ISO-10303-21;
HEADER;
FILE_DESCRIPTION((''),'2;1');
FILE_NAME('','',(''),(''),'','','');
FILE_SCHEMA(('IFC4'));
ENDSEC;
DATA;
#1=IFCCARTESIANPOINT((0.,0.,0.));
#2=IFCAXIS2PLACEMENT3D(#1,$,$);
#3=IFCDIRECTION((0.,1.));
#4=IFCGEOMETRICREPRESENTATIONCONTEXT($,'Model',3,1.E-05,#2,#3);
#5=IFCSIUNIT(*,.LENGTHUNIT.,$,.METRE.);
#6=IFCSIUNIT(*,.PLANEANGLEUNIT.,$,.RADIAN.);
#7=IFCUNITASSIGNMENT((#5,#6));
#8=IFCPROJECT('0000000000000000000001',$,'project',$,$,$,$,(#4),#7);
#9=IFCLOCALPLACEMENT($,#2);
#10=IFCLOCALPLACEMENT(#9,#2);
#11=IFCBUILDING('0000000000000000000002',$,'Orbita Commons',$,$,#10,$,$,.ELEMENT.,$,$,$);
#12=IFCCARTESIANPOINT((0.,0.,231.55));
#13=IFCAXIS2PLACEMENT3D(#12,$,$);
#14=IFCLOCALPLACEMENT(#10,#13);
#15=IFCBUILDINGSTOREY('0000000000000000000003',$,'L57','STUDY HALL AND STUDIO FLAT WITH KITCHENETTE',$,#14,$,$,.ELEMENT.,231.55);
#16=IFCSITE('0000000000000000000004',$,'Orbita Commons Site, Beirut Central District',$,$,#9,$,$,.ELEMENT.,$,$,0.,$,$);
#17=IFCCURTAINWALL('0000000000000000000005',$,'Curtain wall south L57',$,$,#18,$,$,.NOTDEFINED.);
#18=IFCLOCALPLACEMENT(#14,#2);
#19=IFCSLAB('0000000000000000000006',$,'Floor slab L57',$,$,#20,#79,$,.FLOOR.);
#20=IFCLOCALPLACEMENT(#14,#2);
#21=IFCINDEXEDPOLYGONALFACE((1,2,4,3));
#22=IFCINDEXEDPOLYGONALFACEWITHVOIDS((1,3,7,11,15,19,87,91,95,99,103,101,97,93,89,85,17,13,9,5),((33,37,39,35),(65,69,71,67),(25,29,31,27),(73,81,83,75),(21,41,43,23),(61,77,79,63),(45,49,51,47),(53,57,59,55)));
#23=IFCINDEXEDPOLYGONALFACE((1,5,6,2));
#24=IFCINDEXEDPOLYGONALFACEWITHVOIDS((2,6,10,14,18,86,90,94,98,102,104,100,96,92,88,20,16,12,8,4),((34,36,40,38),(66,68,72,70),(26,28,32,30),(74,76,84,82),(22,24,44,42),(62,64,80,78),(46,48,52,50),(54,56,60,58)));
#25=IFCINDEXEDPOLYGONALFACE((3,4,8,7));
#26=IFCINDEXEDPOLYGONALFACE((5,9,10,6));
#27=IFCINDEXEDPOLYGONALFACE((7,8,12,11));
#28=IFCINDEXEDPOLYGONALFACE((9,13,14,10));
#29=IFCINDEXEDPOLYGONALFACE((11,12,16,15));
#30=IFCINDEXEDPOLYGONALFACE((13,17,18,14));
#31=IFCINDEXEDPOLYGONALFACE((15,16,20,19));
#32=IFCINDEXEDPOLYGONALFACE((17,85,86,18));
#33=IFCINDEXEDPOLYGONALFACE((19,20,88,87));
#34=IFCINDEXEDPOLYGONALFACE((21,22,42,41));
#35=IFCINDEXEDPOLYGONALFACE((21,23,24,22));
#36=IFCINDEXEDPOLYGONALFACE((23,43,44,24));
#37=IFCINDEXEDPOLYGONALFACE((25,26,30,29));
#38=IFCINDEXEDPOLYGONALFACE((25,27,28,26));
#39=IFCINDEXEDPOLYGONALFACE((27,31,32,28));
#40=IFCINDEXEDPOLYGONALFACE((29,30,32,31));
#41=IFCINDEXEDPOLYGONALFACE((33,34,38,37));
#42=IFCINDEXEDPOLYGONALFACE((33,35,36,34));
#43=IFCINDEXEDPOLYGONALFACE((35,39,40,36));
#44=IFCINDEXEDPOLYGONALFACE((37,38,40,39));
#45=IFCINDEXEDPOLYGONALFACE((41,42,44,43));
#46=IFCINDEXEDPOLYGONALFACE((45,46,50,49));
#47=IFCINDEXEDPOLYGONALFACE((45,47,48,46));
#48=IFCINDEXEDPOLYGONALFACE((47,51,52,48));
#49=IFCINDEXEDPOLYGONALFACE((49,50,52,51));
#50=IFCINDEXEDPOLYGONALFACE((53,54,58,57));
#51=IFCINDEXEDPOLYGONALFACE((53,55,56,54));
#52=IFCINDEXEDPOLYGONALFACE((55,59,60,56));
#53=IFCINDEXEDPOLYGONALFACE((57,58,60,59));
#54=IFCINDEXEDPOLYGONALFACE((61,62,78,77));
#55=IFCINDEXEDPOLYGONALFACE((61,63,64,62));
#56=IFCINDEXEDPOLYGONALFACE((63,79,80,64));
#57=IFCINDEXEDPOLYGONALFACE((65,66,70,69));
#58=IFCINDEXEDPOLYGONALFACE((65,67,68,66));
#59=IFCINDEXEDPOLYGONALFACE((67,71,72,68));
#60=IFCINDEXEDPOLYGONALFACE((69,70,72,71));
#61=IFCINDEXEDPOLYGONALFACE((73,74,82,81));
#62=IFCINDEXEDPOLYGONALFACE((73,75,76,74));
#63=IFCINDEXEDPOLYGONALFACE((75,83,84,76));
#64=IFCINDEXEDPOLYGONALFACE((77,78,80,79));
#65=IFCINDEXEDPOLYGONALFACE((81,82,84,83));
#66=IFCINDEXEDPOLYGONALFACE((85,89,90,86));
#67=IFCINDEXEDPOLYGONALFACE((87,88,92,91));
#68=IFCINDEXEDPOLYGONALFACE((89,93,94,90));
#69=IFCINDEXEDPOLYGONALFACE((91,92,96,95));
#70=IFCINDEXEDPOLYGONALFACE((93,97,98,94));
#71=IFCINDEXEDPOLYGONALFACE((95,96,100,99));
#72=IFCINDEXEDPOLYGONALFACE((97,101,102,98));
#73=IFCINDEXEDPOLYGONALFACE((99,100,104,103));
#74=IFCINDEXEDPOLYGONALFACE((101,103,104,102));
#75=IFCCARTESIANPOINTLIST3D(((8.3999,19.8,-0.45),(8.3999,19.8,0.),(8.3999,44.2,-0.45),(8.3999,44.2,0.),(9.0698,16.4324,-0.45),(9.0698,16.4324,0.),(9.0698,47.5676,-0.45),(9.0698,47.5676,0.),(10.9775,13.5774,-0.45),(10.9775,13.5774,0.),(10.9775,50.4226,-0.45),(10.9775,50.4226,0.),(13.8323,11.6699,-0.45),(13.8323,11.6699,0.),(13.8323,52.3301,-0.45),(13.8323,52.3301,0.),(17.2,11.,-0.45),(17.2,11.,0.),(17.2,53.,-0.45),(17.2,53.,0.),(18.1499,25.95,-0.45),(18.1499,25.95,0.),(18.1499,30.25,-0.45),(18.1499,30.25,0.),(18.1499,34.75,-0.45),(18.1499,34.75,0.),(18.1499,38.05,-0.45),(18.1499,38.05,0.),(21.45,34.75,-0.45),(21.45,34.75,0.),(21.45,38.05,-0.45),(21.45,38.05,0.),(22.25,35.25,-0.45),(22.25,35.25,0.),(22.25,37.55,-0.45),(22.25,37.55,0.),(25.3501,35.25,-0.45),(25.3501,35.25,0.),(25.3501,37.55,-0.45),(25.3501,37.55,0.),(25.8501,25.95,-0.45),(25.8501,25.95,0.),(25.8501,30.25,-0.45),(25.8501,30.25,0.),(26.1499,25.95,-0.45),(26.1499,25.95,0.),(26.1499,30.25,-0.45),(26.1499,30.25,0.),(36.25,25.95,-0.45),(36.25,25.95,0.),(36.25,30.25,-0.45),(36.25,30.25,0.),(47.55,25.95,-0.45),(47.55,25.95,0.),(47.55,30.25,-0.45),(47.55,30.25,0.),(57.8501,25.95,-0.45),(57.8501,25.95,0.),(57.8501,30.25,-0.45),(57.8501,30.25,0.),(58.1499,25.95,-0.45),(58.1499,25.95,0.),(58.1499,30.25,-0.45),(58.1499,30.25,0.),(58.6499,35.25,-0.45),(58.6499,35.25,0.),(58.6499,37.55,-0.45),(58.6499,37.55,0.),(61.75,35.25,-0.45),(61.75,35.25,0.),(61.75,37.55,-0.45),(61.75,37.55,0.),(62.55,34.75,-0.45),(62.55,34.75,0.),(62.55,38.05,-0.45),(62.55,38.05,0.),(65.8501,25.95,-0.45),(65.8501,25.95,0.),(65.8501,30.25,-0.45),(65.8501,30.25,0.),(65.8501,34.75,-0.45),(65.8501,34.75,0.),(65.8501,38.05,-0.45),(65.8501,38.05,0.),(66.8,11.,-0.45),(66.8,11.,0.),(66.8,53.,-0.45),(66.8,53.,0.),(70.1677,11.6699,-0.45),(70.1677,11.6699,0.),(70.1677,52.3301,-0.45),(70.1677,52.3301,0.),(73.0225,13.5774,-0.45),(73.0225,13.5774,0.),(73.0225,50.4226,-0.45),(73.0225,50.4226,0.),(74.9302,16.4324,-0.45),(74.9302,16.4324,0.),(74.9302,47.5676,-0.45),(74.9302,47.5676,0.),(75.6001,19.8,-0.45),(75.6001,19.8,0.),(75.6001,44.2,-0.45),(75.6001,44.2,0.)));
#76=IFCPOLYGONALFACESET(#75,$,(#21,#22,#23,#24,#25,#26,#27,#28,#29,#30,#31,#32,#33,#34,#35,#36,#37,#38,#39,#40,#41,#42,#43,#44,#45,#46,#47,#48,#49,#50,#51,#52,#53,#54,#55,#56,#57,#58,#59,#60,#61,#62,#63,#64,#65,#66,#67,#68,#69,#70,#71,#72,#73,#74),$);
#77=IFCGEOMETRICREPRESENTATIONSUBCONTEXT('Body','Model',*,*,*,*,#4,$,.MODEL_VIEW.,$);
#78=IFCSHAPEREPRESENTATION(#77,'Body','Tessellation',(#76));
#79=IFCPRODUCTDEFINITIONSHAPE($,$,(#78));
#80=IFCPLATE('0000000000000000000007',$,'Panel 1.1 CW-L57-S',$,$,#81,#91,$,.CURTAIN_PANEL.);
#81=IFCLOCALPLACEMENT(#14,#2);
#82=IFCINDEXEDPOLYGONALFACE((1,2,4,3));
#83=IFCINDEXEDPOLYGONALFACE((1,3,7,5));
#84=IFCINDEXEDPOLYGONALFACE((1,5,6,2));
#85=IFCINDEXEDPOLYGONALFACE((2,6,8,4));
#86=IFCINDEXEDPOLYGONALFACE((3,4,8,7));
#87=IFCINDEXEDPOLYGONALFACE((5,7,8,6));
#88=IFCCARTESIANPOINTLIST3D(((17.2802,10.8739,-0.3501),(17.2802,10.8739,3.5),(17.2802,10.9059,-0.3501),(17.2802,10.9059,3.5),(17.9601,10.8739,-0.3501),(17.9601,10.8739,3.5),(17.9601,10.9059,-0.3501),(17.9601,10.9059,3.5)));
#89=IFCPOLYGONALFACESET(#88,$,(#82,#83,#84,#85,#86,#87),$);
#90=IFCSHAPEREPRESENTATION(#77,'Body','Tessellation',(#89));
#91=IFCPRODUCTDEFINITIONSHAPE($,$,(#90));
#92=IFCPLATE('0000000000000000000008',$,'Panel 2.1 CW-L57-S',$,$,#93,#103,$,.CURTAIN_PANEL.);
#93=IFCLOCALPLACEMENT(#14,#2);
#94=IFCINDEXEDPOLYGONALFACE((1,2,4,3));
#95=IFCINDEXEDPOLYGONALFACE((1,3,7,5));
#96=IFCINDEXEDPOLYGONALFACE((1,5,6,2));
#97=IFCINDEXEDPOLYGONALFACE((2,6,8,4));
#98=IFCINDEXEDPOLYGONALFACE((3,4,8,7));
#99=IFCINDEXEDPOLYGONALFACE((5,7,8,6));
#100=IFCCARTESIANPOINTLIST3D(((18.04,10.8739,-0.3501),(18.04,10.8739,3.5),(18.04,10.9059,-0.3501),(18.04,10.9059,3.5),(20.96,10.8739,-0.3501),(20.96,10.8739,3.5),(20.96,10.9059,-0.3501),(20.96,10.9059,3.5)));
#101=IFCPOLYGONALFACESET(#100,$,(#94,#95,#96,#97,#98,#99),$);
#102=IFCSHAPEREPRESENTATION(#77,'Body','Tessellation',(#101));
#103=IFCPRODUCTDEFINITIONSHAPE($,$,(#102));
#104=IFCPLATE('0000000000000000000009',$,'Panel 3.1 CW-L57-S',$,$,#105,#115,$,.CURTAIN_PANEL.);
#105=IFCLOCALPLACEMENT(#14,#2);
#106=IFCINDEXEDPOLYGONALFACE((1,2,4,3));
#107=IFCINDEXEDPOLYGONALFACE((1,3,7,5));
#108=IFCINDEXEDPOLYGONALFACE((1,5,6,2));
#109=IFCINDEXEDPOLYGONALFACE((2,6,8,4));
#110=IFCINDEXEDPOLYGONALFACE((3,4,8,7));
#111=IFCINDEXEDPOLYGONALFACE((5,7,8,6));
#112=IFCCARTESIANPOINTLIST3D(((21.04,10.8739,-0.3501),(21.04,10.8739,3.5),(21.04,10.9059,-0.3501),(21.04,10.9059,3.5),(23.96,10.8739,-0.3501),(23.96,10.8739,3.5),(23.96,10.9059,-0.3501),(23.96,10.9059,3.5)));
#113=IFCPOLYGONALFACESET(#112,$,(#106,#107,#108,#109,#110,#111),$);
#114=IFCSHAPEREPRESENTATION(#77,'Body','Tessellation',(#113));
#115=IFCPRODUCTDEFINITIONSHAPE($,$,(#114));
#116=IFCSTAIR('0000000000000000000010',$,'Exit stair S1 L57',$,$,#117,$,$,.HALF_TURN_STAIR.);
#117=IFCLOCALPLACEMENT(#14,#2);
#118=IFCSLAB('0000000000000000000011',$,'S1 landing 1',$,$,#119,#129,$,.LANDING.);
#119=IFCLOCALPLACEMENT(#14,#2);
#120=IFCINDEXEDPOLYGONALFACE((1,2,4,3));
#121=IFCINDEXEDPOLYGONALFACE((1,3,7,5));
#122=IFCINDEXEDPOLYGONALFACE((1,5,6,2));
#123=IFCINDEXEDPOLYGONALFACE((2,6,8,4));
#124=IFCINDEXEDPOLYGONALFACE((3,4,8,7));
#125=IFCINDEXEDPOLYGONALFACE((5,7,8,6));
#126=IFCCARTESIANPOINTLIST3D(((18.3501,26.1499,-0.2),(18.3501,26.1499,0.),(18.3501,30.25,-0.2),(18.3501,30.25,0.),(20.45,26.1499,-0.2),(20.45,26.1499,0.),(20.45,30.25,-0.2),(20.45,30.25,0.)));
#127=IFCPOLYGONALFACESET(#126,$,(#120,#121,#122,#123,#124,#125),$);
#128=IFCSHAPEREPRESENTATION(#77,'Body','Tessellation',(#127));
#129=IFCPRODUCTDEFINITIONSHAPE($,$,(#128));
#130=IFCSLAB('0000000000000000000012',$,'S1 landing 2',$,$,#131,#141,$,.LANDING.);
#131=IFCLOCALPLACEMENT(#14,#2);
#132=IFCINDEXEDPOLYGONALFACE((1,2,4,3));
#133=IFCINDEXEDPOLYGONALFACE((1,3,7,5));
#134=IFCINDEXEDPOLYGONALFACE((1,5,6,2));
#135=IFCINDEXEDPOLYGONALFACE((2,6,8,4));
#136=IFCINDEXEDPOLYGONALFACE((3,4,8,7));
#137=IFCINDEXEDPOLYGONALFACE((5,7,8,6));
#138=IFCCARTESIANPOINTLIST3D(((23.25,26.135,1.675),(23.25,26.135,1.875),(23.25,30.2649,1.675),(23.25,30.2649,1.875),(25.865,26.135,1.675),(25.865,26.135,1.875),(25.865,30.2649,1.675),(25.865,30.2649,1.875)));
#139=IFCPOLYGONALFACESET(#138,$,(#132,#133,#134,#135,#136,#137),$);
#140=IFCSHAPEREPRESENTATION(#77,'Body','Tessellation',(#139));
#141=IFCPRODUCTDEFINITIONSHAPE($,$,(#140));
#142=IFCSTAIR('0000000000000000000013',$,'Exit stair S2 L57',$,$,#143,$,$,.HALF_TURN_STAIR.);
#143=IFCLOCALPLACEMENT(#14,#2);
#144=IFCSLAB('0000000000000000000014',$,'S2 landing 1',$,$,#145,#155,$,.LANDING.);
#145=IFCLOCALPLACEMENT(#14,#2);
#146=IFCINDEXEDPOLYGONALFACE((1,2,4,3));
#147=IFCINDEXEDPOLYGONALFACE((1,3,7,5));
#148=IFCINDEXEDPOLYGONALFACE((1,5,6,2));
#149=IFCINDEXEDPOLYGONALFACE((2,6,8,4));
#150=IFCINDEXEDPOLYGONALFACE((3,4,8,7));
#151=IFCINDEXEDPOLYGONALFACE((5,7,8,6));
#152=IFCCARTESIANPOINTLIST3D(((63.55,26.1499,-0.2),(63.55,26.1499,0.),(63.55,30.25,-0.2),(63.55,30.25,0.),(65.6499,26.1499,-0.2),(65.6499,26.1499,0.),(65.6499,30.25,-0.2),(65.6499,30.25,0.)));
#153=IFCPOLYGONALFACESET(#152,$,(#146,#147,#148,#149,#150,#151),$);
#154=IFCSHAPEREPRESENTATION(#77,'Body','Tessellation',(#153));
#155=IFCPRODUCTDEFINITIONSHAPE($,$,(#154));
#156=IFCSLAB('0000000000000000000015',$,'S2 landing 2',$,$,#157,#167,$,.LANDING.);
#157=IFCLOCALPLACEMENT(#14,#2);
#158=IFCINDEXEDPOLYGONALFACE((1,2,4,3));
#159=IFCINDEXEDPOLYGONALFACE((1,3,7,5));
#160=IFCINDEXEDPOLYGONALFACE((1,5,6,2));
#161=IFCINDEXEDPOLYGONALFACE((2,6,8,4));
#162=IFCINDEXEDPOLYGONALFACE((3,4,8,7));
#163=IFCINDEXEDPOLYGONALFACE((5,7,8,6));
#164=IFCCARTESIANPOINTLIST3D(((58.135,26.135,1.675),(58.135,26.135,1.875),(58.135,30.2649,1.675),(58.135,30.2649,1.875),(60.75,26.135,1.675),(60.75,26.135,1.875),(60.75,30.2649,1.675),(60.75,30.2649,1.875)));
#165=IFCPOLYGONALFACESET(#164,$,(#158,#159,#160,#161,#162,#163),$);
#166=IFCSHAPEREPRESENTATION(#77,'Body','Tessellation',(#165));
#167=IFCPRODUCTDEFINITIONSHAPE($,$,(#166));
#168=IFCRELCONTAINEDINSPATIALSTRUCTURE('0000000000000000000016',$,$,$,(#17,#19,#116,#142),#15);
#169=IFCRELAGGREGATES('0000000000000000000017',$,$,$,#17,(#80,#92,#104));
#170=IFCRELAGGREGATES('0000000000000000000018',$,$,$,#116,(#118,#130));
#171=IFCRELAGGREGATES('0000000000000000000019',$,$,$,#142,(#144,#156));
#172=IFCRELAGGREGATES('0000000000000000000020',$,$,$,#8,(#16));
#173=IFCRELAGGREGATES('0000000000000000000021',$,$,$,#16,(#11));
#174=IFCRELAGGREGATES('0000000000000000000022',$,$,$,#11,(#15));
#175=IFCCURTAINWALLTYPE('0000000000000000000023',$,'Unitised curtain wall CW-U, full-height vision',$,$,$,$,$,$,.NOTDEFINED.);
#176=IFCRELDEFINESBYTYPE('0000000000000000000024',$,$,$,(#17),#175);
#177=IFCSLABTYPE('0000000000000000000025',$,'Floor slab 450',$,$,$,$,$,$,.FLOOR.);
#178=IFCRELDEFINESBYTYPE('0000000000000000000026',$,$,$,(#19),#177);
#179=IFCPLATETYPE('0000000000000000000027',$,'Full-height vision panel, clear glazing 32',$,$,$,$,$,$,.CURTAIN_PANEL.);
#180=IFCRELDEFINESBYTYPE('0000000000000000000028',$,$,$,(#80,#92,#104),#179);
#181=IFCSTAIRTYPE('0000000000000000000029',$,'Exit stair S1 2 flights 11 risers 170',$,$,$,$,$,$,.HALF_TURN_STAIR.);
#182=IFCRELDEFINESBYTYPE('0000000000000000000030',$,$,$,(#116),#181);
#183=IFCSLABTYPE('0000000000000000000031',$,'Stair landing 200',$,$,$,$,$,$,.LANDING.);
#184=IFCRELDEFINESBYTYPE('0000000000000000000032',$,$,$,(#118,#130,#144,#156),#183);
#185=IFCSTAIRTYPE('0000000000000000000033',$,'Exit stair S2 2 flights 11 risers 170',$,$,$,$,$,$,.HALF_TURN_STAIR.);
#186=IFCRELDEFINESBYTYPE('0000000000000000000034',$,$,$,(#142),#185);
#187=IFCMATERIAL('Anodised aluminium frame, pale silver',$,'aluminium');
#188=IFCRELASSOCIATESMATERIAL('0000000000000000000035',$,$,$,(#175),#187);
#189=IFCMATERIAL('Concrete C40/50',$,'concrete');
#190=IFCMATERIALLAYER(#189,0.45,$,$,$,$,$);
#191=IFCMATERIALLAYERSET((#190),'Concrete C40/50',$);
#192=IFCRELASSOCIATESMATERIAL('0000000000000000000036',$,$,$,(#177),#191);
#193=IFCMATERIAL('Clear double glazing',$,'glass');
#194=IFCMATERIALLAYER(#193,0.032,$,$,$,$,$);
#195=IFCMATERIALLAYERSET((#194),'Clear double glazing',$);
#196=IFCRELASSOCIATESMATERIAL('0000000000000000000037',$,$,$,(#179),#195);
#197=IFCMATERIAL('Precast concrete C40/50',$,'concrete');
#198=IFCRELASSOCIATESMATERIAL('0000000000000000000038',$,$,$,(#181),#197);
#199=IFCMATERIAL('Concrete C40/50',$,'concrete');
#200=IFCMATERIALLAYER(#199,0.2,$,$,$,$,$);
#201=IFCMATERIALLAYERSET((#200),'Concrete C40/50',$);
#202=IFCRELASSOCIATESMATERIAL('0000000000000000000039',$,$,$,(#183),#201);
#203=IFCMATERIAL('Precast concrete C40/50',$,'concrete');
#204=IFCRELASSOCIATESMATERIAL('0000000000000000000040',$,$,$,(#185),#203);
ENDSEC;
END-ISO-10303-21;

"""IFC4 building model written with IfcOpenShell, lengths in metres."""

from ifc_helpers import new_model, si_unit, direction, frame, origin, origin_2d, place, context, subcontext, project, spatial, polyline, rectangle, outline, extrude, material, layer, layer_set, type_object, element, aggregate, save


model = new_model("IFC4")

# Units and contexts
model_context = context("Model", 3, precision=1e-05, world=origin(), true_north=direction((0.0, 1.0)))
body_context = subcontext(model_context, "Body", "Model", "MODEL_VIEW")
ifc_project = project(units=[si_unit("LENGTHUNIT", "METRE"), si_unit("PLANEANGLEUNIT", "RADIAN")], contexts=[model_context])

# Site, building, storey
site_placement = place(None, origin())
site = spatial("IfcSite", under=ifc_project, at=site_placement, Name="Orbita Commons Site, Beirut Central District", CompositionType="ELEMENT", RefElevation=0.0)
building_placement = place(site_placement, origin())
building = spatial("IfcBuilding", under=site, at=building_placement, Name="Orbita Commons", CompositionType="ELEMENT")
storey_placement = place(building_placement, frame((0.0, 0.0, 231.55)))
storey = spatial("IfcBuildingStorey", under=building, at=storey_placement, Name="L57", Description="STUDY HALL AND STUDIO FLAT WITH KITCHENETTE", CompositionType="ELEMENT", Elevation=231.55)

# Curtain wall
ifc_material_1 = material(Name="Anodised aluminium frame, pale silver", Category="aluminium")
curtain_wall_type = type_object("IfcCurtainWallType", Name="Unitised curtain wall CW-U, full-height vision", PredefinedType="NOTDEFINED", material=ifc_material_1)
curtain_wall_placement = place(storey_placement, origin())
curtain_wall = element("IfcCurtainWall", 1, at=curtain_wall_placement, inside=storey, type_object=curtain_wall_type, Name="Curtain wall south L57", PredefinedType="NOTDEFINED")

# Slab
ifc_material_2 = material(Name="Concrete C40/50", Category="concrete")
ifc_layer_1 = layer(ifc_material_2, 0.45)
ifc_layer_set_1 = layer_set([ifc_layer_1], Name="Concrete C40/50")
slab_type_1 = type_object("IfcSlabType", Name="Floor slab 450", PredefinedType="FLOOR", material=ifc_layer_set_1)
slab_1_placement = place(storey_placement, frame((0.0, 0.0, -0.45)))
element("IfcSlab", 2, at=slab_1_placement, inside=storey, type_object=slab_type_1, Name="Floor slab L57", PredefinedType="FLOOR", context=body_context, shape_type="SweptSolid", body=[
    extrude(outline(polyline([(66.8, 11.0), (70.1677, 11.6699), (73.0225, 13.5774), (74.9302, 16.4324), (75.6001, 19.8), (75.6001, 44.2), (74.9302, 47.5676), (73.0225, 50.4226), (70.1677, 52.3301), (66.8, 53.0), (17.2, 53.0), (13.8323, 52.3301), (10.9775, 50.4226), (9.0698, 47.5676), (8.3999, 44.2), (8.3999, 19.8), (9.0698, 16.4324), (10.9775, 13.5774), (13.8323, 11.6699), (17.2, 11.0), (66.8, 11.0)]), holes=[polyline([(18.1499, 25.95), (25.8501, 25.95), (25.8501, 30.25), (18.1499, 30.25), (18.1499, 25.95)]), polyline([(58.1499, 25.95), (65.8501, 25.95), (65.8501, 30.25), (58.1499, 30.25), (58.1499, 25.95)]), polyline([(18.1499, 34.75), (21.45, 34.75), (21.45, 38.05), (18.1499, 38.05), (18.1499, 34.75)]), polyline([(62.55, 34.75), (65.8501, 34.75), (65.8501, 38.05), (62.55, 38.05), (62.55, 34.75)]), polyline([(22.25, 35.25), (25.3501, 35.25), (25.3501, 37.55), (22.25, 37.55), (22.25, 35.25)]), polyline([(58.6499, 35.25), (61.75, 35.25), (61.75, 37.55), (58.6499, 37.55), (58.6499, 35.25)]), polyline([(26.1499, 25.95), (36.25, 25.95), (36.25, 30.25), (26.1499, 30.25), (26.1499, 25.95)]), polyline([(47.55, 25.95), (57.8501, 25.95), (57.8501, 30.25), (47.55, 30.25), (47.55, 25.95)])]), origin(), (0.0, 0.0, 1.0), 0.45),
])

# Plates
ifc_material_3 = material(Name="Clear double glazing", Category="glass")
ifc_layer_2 = layer(ifc_material_3, 0.032)
ifc_layer_set_2 = layer_set([ifc_layer_2], Name="Clear double glazing")
plate_type = type_object("IfcPlateType", Name="Full-height vision panel, clear glazing 32", PredefinedType="CURTAIN_PANEL", material=ifc_layer_set_2)
plate_1_placement = place(storey_placement, frame((17.6201, 10.8899, -0.3501), z_axis=(0.0, 0.0, 1.0), x_axis=(1.0, 0.0, 0.0)))
plate_1 = element("IfcPlate", 3, at=plate_1_placement, type_object=plate_type, Name="Panel 1.1 CW-L57-S", PredefinedType="CURTAIN_PANEL", context=body_context, shape_type="SweptSolid", body=[
    extrude(rectangle(XDim=0.6799, YDim=0.032, at=origin_2d()), origin(), (0.0, 0.0, 1.0), 3.8501),
])
plate_2_placement = place(storey_placement, frame((19.5, 10.8899, -0.3501), z_axis=(0.0, 0.0, 1.0), x_axis=(1.0, 0.0, 0.0)))
plate_2 = element("IfcPlate", 4, at=plate_2_placement, type_object=plate_type, Name="Panel 2.1 CW-L57-S", PredefinedType="CURTAIN_PANEL", context=body_context, shape_type="SweptSolid", body=[
    extrude(rectangle(XDim=2.9199, YDim=0.032, at=origin_2d()), origin(), (0.0, 0.0, 1.0), 3.8501),
])
plate_3_placement = place(storey_placement, frame((22.5, 10.8899, -0.3501), z_axis=(0.0, 0.0, 1.0), x_axis=(1.0, 0.0, 0.0)))
plate_3 = element("IfcPlate", 5, at=plate_3_placement, type_object=plate_type, Name="Panel 3.1 CW-L57-S", PredefinedType="CURTAIN_PANEL", context=body_context, shape_type="SweptSolid", body=[
    extrude(rectangle(XDim=2.9199, YDim=0.032, at=origin_2d()), origin(), (0.0, 0.0, 1.0), 3.8501),
])
aggregate(curtain_wall, [plate_1, plate_2, plate_3])

# Stairs, slabs
ifc_material_4 = material(Name="Precast concrete C40/50", Category="concrete")
stair_type_1 = type_object("IfcStairType", Name="Exit stair S1 2 flights 11 risers 170", PredefinedType="HALF_TURN_STAIR", material=ifc_material_4)
stair_1_placement = place(storey_placement, origin())
stair_1 = element("IfcStair", 6, at=stair_1_placement, inside=storey, type_object=stair_type_1, Name="Exit stair S1 L57", PredefinedType="HALF_TURN_STAIR")
ifc_material_5 = material(Name="Concrete C40/50", Category="concrete")
ifc_layer_3 = layer(ifc_material_5, 0.2)
ifc_layer_set_3 = layer_set([ifc_layer_3], Name="Concrete C40/50")
slab_type_2 = type_object("IfcSlabType", Name="Stair landing 200", PredefinedType="LANDING", material=ifc_layer_set_3)
slab_2_placement = place(storey_placement, frame((0.0, 0.0, -0.2)))
slab_2 = element("IfcSlab", 7, at=slab_2_placement, type_object=slab_type_2, Name="S1 landing 1", PredefinedType="LANDING", context=body_context, shape_type="SweptSolid", body=[
    extrude(outline(polyline([(18.3501, 26.1499), (20.45, 26.1499), (20.45, 30.25), (18.3501, 30.25), (18.3501, 26.1499)])), origin(), (0.0, 0.0, 1.0), 0.2),
])
slab_3_placement = place(storey_placement, frame((0.0, 0.0, 1.675)))
slab_3 = element("IfcSlab", 8, at=slab_3_placement, type_object=slab_type_2, Name="S1 landing 2", PredefinedType="LANDING", context=body_context, shape_type="SweptSolid", body=[
    extrude(outline(polyline([(23.25, 26.135), (25.865, 26.135), (25.865, 30.2649), (23.25, 30.2649), (23.25, 26.135)])), origin(), (0.0, 0.0, 1.0), 0.2),
])
aggregate(stair_1, [slab_2, slab_3])
ifc_material_6 = material(Name="Precast concrete C40/50", Category="concrete")
stair_type_2 = type_object("IfcStairType", Name="Exit stair S2 2 flights 11 risers 170", PredefinedType="HALF_TURN_STAIR", material=ifc_material_6)
stair_2_placement = place(storey_placement, origin())
stair_2 = element("IfcStair", 9, at=stair_2_placement, inside=storey, type_object=stair_type_2, Name="Exit stair S2 L57", PredefinedType="HALF_TURN_STAIR")
slab_4_placement = place(storey_placement, frame((0.0, 0.0, -0.2)))
slab_4 = element("IfcSlab", 10, at=slab_4_placement, type_object=slab_type_2, Name="S2 landing 1", PredefinedType="LANDING", context=body_context, shape_type="SweptSolid", body=[
    extrude(outline(polyline([(63.55, 26.1499), (65.6499, 26.1499), (65.6499, 30.25), (63.55, 30.25), (63.55, 26.1499)])), origin(), (0.0, 0.0, 1.0), 0.2),
])
slab_5_placement = place(storey_placement, frame((0.0, 0.0, 1.675)))
slab_5 = element("IfcSlab", 11, at=slab_5_placement, type_object=slab_type_2, Name="S2 landing 2", PredefinedType="LANDING", context=body_context, shape_type="SweptSolid", body=[
    extrude(outline(polyline([(58.135, 26.135), (60.75, 26.135), (60.75, 30.2649), (58.135, 30.2649), (58.135, 26.135)])), origin(), (0.0, 0.0, 1.0), 0.2),
])
aggregate(stair_2, [slab_4, slab_5])

save(model, "model.ifc")
